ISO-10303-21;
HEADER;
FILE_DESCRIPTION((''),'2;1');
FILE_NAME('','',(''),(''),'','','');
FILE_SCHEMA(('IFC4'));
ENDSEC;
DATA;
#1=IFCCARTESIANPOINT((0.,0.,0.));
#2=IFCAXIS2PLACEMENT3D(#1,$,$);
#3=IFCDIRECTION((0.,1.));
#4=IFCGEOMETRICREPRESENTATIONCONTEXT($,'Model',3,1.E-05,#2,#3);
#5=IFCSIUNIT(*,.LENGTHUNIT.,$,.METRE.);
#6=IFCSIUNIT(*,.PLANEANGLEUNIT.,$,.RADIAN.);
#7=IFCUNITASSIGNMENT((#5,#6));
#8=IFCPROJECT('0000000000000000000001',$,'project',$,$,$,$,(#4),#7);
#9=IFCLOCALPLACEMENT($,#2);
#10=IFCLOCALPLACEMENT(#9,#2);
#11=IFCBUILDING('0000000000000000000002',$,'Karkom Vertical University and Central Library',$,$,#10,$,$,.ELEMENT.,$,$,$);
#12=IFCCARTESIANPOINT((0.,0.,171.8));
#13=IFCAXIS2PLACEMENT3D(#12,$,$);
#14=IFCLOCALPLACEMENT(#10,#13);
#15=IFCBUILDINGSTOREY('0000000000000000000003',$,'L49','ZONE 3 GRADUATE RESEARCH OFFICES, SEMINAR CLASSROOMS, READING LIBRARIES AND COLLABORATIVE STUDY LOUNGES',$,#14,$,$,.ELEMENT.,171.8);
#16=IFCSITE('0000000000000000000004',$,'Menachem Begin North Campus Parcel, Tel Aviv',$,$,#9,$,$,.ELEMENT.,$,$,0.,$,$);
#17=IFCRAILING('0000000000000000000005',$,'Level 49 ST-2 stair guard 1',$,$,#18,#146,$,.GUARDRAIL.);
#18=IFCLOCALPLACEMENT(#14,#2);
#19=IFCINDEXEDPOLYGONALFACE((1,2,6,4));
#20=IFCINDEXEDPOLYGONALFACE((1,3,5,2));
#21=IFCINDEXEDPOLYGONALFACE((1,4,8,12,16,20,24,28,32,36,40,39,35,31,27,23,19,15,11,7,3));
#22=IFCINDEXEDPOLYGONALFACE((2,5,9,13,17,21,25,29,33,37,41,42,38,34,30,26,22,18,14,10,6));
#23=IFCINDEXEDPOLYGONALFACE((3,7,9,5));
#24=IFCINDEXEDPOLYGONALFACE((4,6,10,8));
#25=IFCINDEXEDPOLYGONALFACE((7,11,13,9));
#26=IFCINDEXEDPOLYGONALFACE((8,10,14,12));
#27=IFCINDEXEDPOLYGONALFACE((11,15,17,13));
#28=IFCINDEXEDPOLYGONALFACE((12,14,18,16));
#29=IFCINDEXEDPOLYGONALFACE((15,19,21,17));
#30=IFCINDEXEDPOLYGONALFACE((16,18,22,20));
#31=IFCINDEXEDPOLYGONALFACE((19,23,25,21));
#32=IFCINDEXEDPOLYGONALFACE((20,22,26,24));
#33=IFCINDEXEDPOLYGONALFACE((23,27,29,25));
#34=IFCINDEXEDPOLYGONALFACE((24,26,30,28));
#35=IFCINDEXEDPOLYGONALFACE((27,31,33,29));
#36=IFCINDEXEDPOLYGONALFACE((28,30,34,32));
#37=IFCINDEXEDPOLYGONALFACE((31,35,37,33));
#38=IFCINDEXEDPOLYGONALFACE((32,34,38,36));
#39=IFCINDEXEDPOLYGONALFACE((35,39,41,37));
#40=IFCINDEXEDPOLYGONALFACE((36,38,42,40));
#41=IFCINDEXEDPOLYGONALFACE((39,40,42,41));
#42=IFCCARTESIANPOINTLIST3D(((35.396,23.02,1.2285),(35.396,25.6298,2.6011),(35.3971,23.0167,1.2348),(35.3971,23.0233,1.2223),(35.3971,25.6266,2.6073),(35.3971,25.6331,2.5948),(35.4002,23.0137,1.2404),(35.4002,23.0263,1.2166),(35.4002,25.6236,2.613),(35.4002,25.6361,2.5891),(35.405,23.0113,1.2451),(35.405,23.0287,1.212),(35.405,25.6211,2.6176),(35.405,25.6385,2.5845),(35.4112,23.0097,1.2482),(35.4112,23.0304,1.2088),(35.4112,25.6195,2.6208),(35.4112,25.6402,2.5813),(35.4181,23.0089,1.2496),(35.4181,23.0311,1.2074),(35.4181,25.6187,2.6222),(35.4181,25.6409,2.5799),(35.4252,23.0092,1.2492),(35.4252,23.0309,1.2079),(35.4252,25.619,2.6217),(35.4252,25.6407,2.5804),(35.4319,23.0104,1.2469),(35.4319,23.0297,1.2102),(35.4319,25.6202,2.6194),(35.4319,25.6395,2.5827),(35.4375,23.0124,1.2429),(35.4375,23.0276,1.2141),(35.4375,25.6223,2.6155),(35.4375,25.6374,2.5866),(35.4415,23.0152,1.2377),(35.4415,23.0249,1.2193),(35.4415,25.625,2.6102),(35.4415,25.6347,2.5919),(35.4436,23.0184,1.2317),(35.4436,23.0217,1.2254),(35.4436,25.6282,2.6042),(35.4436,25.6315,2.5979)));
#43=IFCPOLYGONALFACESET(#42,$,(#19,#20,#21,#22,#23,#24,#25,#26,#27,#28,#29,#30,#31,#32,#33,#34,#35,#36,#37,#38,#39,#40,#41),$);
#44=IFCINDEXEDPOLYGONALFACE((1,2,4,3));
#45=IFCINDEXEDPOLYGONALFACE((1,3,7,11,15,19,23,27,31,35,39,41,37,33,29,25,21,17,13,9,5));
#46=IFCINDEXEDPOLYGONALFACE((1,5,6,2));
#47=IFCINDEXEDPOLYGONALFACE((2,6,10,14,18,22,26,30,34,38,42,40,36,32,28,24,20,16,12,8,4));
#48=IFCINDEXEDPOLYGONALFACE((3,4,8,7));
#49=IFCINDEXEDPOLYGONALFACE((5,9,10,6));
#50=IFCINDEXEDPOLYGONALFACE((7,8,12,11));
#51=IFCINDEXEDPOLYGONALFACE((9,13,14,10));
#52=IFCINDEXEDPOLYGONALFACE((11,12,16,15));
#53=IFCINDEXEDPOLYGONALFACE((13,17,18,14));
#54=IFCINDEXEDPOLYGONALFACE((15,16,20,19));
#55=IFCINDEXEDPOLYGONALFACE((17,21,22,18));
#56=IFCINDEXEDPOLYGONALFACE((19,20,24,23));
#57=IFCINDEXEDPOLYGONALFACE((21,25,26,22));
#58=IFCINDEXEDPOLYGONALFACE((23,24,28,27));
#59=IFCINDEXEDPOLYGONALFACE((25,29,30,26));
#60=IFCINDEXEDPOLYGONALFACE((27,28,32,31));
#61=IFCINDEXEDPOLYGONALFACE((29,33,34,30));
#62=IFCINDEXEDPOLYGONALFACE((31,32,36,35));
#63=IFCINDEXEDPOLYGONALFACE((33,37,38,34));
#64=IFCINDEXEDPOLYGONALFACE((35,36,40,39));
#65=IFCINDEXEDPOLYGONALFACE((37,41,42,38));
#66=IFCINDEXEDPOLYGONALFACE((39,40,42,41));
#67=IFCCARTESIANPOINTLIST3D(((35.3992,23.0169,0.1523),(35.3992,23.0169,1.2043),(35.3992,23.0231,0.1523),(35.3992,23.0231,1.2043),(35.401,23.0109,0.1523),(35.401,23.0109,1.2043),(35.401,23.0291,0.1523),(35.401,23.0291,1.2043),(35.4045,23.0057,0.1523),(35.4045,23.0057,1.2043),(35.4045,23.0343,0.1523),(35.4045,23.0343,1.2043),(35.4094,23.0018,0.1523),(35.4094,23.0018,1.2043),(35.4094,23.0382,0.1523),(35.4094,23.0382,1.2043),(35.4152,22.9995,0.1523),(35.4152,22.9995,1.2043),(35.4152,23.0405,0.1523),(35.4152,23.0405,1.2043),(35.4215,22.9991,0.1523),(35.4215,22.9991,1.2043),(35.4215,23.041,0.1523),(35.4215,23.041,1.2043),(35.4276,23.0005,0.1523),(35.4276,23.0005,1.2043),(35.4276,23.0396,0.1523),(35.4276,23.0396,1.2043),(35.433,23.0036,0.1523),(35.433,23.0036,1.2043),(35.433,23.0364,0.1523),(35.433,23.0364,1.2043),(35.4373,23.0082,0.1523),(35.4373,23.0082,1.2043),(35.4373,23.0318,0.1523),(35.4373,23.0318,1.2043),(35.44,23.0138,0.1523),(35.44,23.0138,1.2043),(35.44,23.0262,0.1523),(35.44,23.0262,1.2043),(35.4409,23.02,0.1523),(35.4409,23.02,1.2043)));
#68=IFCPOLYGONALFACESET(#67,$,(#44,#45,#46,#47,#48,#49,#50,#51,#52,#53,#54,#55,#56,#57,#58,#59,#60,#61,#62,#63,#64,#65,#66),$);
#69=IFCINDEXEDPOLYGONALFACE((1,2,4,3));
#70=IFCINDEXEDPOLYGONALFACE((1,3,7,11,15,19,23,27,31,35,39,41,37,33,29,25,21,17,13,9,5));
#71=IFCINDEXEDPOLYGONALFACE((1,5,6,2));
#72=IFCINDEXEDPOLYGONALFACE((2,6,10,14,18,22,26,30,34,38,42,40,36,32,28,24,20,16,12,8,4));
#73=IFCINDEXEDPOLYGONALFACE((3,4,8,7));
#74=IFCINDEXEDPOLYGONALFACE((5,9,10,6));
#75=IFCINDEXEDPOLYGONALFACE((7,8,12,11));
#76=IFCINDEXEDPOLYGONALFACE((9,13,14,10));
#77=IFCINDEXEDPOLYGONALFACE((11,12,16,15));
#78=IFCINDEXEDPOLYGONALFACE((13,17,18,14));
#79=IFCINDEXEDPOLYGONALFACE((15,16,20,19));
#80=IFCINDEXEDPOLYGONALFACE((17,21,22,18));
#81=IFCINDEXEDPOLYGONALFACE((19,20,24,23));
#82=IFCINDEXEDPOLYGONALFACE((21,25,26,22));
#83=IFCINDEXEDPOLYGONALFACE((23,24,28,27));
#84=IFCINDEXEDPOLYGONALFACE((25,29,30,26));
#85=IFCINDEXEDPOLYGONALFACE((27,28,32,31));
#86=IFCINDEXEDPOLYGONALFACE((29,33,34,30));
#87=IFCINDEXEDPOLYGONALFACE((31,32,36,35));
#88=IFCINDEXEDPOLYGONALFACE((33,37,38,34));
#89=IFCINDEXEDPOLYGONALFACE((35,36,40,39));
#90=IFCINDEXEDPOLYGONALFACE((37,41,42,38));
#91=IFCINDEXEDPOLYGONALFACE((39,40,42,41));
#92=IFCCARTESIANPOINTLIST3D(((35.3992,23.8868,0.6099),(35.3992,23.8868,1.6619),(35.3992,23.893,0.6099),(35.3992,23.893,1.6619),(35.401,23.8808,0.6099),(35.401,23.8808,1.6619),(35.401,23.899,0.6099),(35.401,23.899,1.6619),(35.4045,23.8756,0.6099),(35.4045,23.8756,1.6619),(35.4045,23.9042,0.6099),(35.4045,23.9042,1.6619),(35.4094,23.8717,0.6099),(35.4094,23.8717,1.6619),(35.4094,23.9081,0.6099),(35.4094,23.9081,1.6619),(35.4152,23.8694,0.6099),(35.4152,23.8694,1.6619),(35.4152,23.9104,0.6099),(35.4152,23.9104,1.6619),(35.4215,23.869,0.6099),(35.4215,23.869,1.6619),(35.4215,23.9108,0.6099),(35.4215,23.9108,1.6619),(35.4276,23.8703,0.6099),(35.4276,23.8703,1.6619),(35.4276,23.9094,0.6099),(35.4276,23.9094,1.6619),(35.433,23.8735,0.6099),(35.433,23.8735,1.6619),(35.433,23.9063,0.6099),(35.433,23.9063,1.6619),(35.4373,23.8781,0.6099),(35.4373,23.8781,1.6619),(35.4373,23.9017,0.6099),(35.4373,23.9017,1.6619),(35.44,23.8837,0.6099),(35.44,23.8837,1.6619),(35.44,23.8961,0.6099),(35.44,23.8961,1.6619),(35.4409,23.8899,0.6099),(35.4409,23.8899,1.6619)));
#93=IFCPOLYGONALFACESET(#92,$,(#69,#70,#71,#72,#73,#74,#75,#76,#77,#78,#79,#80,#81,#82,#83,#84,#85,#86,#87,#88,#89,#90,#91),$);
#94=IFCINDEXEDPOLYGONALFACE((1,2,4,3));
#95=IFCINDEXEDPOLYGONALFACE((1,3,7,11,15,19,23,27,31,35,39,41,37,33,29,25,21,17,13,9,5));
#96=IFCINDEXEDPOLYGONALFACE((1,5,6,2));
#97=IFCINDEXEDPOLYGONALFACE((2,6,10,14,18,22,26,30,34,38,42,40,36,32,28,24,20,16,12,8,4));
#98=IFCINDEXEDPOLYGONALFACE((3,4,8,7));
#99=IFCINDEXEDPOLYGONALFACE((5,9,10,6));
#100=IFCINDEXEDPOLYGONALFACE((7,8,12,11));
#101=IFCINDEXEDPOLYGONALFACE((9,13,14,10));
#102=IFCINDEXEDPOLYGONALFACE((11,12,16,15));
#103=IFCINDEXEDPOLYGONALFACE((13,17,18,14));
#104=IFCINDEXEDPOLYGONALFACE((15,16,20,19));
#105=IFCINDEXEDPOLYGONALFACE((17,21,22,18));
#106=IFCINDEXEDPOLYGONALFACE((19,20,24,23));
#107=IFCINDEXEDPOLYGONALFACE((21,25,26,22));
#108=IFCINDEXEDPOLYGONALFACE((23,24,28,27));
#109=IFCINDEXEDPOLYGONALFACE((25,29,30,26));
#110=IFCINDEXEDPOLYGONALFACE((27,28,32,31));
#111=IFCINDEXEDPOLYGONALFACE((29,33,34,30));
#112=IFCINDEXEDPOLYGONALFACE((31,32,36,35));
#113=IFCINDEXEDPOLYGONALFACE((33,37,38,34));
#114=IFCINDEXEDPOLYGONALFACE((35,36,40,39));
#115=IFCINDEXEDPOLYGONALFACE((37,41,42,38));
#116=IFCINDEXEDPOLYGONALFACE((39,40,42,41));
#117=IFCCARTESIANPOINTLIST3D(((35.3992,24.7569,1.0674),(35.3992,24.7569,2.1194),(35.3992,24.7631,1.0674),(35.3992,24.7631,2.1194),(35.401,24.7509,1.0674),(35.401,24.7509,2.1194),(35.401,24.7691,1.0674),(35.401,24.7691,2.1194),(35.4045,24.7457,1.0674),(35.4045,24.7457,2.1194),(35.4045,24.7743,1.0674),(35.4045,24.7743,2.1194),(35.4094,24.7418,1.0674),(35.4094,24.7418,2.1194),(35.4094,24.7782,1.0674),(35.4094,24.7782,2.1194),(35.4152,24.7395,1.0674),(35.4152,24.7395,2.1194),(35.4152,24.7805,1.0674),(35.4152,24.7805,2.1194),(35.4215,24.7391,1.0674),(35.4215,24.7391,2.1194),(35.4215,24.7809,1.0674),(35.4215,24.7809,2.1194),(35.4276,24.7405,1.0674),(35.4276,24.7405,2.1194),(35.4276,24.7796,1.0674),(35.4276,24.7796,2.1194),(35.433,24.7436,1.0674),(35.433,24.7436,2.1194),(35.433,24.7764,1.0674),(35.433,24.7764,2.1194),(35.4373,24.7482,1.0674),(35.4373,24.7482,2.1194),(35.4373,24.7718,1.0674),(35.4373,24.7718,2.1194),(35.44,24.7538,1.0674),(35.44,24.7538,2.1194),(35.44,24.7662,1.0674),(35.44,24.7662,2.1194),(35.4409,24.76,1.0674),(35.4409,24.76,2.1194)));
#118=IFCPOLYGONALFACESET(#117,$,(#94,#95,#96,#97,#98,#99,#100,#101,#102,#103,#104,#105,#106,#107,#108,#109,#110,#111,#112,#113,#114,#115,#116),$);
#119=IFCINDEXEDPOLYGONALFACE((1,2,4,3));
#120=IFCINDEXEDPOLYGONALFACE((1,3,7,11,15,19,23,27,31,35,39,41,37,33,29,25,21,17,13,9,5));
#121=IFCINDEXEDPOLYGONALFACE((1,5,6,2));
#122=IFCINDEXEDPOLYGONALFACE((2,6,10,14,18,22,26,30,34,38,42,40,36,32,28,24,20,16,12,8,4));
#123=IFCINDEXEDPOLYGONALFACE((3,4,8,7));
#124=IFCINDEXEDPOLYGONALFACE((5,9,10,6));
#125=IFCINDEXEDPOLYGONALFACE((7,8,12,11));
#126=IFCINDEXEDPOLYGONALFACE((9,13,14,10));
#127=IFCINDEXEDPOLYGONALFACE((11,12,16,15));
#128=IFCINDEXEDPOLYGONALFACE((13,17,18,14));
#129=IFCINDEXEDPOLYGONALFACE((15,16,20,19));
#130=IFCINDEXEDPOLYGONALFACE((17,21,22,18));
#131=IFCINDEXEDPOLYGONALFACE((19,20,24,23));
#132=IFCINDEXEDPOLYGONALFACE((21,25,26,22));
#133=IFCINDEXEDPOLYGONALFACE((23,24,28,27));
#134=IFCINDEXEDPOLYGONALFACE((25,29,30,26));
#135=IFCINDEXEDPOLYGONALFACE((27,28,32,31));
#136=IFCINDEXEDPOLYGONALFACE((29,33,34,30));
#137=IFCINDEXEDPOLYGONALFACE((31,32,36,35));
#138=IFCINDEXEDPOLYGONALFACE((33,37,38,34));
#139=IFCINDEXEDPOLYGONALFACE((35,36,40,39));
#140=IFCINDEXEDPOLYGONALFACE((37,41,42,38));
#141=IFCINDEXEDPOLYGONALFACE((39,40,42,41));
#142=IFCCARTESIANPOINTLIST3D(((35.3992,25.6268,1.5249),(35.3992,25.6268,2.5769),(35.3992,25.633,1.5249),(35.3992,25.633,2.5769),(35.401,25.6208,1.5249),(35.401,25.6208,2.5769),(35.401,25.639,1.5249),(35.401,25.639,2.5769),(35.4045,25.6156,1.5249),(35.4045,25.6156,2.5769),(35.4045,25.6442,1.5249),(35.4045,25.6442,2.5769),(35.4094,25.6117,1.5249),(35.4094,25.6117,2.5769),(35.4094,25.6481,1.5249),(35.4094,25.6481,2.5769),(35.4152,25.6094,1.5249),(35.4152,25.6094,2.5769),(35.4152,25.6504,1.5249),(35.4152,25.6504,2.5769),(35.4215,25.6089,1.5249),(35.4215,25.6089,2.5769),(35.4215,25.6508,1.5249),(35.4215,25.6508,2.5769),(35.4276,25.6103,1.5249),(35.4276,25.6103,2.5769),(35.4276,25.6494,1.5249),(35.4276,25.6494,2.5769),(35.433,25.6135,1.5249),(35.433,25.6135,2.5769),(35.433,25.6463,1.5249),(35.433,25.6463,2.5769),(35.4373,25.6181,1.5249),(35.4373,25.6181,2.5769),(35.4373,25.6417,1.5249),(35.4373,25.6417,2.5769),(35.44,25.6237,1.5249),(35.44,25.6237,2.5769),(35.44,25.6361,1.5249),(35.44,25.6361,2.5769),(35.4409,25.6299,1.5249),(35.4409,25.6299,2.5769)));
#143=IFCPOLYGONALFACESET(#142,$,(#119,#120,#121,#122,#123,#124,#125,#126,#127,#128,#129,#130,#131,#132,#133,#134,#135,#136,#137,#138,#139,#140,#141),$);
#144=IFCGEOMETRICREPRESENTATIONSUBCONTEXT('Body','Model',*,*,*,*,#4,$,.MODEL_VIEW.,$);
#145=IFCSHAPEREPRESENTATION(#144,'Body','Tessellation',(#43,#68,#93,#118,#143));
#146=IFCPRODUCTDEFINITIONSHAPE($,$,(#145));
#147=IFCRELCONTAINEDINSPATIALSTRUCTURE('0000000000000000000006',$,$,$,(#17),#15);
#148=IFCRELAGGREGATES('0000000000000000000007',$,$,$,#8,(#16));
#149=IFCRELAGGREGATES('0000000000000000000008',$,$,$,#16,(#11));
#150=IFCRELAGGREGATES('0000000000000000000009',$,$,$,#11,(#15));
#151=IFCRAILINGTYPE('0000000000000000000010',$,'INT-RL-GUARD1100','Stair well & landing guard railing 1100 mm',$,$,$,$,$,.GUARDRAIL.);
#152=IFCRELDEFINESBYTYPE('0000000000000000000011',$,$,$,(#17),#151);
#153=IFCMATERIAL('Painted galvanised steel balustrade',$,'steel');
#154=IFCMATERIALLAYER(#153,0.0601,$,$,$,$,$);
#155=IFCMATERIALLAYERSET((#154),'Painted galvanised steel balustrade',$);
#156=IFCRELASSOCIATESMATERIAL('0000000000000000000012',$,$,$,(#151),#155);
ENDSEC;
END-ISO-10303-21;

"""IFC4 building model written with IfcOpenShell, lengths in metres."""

from ifc_helpers import new_model, si_unit, direction, frame, origin, origin_2d, place, context, subcontext, project, spatial, circle, extrude, material, layer, layer_set, type_object, element, save


model = new_model("IFC4")

# Units and contexts
model_context = context("Model", 3, precision=1e-05, world=origin(), true_north=direction((0.0, 1.0)))
body_context = subcontext(model_context, "Body", "Model", "MODEL_VIEW")
ifc_project = project(units=[si_unit("LENGTHUNIT", "METRE"), si_unit("PLANEANGLEUNIT", "RADIAN")], contexts=[model_context])

# Site, building, storey
site_placement = place(None, origin())
site = spatial("IfcSite", under=ifc_project, at=site_placement, Name="Menachem Begin North Campus Parcel, Tel Aviv", CompositionType="ELEMENT", RefElevation=0.0)
building_placement = place(site_placement, origin())
building = spatial("IfcBuilding", under=site, at=building_placement, Name="Karkom Vertical University and Central Library", CompositionType="ELEMENT")
storey_placement = place(building_placement, frame((0.0, 0.0, 171.8)))
storey = spatial("IfcBuildingStorey", under=building, at=storey_placement, Name="L49", Description="ZONE 3 GRADUATE RESEARCH OFFICES, SEMINAR CLASSROOMS, READING LIBRARIES AND COLLABORATIVE STUDY LOUNGES", CompositionType="ELEMENT", Elevation=171.8)

# Railing
ifc_material_1 = material(Name="Painted galvanised steel balustrade", Category="steel")
ifc_layer_1 = layer(ifc_material_1, 0.0601)
ifc_layer_set_1 = layer_set([ifc_layer_1], Name="Painted galvanised steel balustrade")
railing_type_1 = type_object("IfcRailingType", Name="INT-RL-GUARD1100", Description="Stair well & landing guard railing 1100 mm", PredefinedType="GUARDRAIL", material=ifc_layer_set_1)
railing_1_placement = place(storey_placement, frame((35.4199, 23.02, 0.1523)))
element("IfcRailing", 1, at=railing_1_placement, inside=storey, type_object=railing_type_1, Name="Level 49 ST-2 stair guard 1", PredefinedType="GUARDRAIL", context=body_context, shape_type="SweptSolid", body=[
    extrude(circle(Radius=0.0239, at=origin_2d()), frame((0.0, 0.0, 1.0762), z_axis=(0.0, 0.885065, 0.465467), x_axis=(-1.0, 0.0, 0.0)), (0.0, 0.0, 1.0), 2.9487),
    extrude(circle(Radius=0.021, at=origin_2d()), origin(), (0.0, 0.0, 1.0), 1.052),
    extrude(circle(Radius=0.021, at=origin_2d()), frame((0.0, 0.8699, 0.4575)), (0.0, 0.0, 1.0), 1.052),
    extrude(circle(Radius=0.021, at=origin_2d()), frame((0.0, 1.74, 0.915)), (0.0, 0.0, 1.0), 1.052),
    extrude(circle(Radius=0.021, at=origin_2d()), frame((0.0, 2.6099, 1.3726)), (0.0, 0.0, 1.0), 1.052),
])

save(model, "model.ifc")
